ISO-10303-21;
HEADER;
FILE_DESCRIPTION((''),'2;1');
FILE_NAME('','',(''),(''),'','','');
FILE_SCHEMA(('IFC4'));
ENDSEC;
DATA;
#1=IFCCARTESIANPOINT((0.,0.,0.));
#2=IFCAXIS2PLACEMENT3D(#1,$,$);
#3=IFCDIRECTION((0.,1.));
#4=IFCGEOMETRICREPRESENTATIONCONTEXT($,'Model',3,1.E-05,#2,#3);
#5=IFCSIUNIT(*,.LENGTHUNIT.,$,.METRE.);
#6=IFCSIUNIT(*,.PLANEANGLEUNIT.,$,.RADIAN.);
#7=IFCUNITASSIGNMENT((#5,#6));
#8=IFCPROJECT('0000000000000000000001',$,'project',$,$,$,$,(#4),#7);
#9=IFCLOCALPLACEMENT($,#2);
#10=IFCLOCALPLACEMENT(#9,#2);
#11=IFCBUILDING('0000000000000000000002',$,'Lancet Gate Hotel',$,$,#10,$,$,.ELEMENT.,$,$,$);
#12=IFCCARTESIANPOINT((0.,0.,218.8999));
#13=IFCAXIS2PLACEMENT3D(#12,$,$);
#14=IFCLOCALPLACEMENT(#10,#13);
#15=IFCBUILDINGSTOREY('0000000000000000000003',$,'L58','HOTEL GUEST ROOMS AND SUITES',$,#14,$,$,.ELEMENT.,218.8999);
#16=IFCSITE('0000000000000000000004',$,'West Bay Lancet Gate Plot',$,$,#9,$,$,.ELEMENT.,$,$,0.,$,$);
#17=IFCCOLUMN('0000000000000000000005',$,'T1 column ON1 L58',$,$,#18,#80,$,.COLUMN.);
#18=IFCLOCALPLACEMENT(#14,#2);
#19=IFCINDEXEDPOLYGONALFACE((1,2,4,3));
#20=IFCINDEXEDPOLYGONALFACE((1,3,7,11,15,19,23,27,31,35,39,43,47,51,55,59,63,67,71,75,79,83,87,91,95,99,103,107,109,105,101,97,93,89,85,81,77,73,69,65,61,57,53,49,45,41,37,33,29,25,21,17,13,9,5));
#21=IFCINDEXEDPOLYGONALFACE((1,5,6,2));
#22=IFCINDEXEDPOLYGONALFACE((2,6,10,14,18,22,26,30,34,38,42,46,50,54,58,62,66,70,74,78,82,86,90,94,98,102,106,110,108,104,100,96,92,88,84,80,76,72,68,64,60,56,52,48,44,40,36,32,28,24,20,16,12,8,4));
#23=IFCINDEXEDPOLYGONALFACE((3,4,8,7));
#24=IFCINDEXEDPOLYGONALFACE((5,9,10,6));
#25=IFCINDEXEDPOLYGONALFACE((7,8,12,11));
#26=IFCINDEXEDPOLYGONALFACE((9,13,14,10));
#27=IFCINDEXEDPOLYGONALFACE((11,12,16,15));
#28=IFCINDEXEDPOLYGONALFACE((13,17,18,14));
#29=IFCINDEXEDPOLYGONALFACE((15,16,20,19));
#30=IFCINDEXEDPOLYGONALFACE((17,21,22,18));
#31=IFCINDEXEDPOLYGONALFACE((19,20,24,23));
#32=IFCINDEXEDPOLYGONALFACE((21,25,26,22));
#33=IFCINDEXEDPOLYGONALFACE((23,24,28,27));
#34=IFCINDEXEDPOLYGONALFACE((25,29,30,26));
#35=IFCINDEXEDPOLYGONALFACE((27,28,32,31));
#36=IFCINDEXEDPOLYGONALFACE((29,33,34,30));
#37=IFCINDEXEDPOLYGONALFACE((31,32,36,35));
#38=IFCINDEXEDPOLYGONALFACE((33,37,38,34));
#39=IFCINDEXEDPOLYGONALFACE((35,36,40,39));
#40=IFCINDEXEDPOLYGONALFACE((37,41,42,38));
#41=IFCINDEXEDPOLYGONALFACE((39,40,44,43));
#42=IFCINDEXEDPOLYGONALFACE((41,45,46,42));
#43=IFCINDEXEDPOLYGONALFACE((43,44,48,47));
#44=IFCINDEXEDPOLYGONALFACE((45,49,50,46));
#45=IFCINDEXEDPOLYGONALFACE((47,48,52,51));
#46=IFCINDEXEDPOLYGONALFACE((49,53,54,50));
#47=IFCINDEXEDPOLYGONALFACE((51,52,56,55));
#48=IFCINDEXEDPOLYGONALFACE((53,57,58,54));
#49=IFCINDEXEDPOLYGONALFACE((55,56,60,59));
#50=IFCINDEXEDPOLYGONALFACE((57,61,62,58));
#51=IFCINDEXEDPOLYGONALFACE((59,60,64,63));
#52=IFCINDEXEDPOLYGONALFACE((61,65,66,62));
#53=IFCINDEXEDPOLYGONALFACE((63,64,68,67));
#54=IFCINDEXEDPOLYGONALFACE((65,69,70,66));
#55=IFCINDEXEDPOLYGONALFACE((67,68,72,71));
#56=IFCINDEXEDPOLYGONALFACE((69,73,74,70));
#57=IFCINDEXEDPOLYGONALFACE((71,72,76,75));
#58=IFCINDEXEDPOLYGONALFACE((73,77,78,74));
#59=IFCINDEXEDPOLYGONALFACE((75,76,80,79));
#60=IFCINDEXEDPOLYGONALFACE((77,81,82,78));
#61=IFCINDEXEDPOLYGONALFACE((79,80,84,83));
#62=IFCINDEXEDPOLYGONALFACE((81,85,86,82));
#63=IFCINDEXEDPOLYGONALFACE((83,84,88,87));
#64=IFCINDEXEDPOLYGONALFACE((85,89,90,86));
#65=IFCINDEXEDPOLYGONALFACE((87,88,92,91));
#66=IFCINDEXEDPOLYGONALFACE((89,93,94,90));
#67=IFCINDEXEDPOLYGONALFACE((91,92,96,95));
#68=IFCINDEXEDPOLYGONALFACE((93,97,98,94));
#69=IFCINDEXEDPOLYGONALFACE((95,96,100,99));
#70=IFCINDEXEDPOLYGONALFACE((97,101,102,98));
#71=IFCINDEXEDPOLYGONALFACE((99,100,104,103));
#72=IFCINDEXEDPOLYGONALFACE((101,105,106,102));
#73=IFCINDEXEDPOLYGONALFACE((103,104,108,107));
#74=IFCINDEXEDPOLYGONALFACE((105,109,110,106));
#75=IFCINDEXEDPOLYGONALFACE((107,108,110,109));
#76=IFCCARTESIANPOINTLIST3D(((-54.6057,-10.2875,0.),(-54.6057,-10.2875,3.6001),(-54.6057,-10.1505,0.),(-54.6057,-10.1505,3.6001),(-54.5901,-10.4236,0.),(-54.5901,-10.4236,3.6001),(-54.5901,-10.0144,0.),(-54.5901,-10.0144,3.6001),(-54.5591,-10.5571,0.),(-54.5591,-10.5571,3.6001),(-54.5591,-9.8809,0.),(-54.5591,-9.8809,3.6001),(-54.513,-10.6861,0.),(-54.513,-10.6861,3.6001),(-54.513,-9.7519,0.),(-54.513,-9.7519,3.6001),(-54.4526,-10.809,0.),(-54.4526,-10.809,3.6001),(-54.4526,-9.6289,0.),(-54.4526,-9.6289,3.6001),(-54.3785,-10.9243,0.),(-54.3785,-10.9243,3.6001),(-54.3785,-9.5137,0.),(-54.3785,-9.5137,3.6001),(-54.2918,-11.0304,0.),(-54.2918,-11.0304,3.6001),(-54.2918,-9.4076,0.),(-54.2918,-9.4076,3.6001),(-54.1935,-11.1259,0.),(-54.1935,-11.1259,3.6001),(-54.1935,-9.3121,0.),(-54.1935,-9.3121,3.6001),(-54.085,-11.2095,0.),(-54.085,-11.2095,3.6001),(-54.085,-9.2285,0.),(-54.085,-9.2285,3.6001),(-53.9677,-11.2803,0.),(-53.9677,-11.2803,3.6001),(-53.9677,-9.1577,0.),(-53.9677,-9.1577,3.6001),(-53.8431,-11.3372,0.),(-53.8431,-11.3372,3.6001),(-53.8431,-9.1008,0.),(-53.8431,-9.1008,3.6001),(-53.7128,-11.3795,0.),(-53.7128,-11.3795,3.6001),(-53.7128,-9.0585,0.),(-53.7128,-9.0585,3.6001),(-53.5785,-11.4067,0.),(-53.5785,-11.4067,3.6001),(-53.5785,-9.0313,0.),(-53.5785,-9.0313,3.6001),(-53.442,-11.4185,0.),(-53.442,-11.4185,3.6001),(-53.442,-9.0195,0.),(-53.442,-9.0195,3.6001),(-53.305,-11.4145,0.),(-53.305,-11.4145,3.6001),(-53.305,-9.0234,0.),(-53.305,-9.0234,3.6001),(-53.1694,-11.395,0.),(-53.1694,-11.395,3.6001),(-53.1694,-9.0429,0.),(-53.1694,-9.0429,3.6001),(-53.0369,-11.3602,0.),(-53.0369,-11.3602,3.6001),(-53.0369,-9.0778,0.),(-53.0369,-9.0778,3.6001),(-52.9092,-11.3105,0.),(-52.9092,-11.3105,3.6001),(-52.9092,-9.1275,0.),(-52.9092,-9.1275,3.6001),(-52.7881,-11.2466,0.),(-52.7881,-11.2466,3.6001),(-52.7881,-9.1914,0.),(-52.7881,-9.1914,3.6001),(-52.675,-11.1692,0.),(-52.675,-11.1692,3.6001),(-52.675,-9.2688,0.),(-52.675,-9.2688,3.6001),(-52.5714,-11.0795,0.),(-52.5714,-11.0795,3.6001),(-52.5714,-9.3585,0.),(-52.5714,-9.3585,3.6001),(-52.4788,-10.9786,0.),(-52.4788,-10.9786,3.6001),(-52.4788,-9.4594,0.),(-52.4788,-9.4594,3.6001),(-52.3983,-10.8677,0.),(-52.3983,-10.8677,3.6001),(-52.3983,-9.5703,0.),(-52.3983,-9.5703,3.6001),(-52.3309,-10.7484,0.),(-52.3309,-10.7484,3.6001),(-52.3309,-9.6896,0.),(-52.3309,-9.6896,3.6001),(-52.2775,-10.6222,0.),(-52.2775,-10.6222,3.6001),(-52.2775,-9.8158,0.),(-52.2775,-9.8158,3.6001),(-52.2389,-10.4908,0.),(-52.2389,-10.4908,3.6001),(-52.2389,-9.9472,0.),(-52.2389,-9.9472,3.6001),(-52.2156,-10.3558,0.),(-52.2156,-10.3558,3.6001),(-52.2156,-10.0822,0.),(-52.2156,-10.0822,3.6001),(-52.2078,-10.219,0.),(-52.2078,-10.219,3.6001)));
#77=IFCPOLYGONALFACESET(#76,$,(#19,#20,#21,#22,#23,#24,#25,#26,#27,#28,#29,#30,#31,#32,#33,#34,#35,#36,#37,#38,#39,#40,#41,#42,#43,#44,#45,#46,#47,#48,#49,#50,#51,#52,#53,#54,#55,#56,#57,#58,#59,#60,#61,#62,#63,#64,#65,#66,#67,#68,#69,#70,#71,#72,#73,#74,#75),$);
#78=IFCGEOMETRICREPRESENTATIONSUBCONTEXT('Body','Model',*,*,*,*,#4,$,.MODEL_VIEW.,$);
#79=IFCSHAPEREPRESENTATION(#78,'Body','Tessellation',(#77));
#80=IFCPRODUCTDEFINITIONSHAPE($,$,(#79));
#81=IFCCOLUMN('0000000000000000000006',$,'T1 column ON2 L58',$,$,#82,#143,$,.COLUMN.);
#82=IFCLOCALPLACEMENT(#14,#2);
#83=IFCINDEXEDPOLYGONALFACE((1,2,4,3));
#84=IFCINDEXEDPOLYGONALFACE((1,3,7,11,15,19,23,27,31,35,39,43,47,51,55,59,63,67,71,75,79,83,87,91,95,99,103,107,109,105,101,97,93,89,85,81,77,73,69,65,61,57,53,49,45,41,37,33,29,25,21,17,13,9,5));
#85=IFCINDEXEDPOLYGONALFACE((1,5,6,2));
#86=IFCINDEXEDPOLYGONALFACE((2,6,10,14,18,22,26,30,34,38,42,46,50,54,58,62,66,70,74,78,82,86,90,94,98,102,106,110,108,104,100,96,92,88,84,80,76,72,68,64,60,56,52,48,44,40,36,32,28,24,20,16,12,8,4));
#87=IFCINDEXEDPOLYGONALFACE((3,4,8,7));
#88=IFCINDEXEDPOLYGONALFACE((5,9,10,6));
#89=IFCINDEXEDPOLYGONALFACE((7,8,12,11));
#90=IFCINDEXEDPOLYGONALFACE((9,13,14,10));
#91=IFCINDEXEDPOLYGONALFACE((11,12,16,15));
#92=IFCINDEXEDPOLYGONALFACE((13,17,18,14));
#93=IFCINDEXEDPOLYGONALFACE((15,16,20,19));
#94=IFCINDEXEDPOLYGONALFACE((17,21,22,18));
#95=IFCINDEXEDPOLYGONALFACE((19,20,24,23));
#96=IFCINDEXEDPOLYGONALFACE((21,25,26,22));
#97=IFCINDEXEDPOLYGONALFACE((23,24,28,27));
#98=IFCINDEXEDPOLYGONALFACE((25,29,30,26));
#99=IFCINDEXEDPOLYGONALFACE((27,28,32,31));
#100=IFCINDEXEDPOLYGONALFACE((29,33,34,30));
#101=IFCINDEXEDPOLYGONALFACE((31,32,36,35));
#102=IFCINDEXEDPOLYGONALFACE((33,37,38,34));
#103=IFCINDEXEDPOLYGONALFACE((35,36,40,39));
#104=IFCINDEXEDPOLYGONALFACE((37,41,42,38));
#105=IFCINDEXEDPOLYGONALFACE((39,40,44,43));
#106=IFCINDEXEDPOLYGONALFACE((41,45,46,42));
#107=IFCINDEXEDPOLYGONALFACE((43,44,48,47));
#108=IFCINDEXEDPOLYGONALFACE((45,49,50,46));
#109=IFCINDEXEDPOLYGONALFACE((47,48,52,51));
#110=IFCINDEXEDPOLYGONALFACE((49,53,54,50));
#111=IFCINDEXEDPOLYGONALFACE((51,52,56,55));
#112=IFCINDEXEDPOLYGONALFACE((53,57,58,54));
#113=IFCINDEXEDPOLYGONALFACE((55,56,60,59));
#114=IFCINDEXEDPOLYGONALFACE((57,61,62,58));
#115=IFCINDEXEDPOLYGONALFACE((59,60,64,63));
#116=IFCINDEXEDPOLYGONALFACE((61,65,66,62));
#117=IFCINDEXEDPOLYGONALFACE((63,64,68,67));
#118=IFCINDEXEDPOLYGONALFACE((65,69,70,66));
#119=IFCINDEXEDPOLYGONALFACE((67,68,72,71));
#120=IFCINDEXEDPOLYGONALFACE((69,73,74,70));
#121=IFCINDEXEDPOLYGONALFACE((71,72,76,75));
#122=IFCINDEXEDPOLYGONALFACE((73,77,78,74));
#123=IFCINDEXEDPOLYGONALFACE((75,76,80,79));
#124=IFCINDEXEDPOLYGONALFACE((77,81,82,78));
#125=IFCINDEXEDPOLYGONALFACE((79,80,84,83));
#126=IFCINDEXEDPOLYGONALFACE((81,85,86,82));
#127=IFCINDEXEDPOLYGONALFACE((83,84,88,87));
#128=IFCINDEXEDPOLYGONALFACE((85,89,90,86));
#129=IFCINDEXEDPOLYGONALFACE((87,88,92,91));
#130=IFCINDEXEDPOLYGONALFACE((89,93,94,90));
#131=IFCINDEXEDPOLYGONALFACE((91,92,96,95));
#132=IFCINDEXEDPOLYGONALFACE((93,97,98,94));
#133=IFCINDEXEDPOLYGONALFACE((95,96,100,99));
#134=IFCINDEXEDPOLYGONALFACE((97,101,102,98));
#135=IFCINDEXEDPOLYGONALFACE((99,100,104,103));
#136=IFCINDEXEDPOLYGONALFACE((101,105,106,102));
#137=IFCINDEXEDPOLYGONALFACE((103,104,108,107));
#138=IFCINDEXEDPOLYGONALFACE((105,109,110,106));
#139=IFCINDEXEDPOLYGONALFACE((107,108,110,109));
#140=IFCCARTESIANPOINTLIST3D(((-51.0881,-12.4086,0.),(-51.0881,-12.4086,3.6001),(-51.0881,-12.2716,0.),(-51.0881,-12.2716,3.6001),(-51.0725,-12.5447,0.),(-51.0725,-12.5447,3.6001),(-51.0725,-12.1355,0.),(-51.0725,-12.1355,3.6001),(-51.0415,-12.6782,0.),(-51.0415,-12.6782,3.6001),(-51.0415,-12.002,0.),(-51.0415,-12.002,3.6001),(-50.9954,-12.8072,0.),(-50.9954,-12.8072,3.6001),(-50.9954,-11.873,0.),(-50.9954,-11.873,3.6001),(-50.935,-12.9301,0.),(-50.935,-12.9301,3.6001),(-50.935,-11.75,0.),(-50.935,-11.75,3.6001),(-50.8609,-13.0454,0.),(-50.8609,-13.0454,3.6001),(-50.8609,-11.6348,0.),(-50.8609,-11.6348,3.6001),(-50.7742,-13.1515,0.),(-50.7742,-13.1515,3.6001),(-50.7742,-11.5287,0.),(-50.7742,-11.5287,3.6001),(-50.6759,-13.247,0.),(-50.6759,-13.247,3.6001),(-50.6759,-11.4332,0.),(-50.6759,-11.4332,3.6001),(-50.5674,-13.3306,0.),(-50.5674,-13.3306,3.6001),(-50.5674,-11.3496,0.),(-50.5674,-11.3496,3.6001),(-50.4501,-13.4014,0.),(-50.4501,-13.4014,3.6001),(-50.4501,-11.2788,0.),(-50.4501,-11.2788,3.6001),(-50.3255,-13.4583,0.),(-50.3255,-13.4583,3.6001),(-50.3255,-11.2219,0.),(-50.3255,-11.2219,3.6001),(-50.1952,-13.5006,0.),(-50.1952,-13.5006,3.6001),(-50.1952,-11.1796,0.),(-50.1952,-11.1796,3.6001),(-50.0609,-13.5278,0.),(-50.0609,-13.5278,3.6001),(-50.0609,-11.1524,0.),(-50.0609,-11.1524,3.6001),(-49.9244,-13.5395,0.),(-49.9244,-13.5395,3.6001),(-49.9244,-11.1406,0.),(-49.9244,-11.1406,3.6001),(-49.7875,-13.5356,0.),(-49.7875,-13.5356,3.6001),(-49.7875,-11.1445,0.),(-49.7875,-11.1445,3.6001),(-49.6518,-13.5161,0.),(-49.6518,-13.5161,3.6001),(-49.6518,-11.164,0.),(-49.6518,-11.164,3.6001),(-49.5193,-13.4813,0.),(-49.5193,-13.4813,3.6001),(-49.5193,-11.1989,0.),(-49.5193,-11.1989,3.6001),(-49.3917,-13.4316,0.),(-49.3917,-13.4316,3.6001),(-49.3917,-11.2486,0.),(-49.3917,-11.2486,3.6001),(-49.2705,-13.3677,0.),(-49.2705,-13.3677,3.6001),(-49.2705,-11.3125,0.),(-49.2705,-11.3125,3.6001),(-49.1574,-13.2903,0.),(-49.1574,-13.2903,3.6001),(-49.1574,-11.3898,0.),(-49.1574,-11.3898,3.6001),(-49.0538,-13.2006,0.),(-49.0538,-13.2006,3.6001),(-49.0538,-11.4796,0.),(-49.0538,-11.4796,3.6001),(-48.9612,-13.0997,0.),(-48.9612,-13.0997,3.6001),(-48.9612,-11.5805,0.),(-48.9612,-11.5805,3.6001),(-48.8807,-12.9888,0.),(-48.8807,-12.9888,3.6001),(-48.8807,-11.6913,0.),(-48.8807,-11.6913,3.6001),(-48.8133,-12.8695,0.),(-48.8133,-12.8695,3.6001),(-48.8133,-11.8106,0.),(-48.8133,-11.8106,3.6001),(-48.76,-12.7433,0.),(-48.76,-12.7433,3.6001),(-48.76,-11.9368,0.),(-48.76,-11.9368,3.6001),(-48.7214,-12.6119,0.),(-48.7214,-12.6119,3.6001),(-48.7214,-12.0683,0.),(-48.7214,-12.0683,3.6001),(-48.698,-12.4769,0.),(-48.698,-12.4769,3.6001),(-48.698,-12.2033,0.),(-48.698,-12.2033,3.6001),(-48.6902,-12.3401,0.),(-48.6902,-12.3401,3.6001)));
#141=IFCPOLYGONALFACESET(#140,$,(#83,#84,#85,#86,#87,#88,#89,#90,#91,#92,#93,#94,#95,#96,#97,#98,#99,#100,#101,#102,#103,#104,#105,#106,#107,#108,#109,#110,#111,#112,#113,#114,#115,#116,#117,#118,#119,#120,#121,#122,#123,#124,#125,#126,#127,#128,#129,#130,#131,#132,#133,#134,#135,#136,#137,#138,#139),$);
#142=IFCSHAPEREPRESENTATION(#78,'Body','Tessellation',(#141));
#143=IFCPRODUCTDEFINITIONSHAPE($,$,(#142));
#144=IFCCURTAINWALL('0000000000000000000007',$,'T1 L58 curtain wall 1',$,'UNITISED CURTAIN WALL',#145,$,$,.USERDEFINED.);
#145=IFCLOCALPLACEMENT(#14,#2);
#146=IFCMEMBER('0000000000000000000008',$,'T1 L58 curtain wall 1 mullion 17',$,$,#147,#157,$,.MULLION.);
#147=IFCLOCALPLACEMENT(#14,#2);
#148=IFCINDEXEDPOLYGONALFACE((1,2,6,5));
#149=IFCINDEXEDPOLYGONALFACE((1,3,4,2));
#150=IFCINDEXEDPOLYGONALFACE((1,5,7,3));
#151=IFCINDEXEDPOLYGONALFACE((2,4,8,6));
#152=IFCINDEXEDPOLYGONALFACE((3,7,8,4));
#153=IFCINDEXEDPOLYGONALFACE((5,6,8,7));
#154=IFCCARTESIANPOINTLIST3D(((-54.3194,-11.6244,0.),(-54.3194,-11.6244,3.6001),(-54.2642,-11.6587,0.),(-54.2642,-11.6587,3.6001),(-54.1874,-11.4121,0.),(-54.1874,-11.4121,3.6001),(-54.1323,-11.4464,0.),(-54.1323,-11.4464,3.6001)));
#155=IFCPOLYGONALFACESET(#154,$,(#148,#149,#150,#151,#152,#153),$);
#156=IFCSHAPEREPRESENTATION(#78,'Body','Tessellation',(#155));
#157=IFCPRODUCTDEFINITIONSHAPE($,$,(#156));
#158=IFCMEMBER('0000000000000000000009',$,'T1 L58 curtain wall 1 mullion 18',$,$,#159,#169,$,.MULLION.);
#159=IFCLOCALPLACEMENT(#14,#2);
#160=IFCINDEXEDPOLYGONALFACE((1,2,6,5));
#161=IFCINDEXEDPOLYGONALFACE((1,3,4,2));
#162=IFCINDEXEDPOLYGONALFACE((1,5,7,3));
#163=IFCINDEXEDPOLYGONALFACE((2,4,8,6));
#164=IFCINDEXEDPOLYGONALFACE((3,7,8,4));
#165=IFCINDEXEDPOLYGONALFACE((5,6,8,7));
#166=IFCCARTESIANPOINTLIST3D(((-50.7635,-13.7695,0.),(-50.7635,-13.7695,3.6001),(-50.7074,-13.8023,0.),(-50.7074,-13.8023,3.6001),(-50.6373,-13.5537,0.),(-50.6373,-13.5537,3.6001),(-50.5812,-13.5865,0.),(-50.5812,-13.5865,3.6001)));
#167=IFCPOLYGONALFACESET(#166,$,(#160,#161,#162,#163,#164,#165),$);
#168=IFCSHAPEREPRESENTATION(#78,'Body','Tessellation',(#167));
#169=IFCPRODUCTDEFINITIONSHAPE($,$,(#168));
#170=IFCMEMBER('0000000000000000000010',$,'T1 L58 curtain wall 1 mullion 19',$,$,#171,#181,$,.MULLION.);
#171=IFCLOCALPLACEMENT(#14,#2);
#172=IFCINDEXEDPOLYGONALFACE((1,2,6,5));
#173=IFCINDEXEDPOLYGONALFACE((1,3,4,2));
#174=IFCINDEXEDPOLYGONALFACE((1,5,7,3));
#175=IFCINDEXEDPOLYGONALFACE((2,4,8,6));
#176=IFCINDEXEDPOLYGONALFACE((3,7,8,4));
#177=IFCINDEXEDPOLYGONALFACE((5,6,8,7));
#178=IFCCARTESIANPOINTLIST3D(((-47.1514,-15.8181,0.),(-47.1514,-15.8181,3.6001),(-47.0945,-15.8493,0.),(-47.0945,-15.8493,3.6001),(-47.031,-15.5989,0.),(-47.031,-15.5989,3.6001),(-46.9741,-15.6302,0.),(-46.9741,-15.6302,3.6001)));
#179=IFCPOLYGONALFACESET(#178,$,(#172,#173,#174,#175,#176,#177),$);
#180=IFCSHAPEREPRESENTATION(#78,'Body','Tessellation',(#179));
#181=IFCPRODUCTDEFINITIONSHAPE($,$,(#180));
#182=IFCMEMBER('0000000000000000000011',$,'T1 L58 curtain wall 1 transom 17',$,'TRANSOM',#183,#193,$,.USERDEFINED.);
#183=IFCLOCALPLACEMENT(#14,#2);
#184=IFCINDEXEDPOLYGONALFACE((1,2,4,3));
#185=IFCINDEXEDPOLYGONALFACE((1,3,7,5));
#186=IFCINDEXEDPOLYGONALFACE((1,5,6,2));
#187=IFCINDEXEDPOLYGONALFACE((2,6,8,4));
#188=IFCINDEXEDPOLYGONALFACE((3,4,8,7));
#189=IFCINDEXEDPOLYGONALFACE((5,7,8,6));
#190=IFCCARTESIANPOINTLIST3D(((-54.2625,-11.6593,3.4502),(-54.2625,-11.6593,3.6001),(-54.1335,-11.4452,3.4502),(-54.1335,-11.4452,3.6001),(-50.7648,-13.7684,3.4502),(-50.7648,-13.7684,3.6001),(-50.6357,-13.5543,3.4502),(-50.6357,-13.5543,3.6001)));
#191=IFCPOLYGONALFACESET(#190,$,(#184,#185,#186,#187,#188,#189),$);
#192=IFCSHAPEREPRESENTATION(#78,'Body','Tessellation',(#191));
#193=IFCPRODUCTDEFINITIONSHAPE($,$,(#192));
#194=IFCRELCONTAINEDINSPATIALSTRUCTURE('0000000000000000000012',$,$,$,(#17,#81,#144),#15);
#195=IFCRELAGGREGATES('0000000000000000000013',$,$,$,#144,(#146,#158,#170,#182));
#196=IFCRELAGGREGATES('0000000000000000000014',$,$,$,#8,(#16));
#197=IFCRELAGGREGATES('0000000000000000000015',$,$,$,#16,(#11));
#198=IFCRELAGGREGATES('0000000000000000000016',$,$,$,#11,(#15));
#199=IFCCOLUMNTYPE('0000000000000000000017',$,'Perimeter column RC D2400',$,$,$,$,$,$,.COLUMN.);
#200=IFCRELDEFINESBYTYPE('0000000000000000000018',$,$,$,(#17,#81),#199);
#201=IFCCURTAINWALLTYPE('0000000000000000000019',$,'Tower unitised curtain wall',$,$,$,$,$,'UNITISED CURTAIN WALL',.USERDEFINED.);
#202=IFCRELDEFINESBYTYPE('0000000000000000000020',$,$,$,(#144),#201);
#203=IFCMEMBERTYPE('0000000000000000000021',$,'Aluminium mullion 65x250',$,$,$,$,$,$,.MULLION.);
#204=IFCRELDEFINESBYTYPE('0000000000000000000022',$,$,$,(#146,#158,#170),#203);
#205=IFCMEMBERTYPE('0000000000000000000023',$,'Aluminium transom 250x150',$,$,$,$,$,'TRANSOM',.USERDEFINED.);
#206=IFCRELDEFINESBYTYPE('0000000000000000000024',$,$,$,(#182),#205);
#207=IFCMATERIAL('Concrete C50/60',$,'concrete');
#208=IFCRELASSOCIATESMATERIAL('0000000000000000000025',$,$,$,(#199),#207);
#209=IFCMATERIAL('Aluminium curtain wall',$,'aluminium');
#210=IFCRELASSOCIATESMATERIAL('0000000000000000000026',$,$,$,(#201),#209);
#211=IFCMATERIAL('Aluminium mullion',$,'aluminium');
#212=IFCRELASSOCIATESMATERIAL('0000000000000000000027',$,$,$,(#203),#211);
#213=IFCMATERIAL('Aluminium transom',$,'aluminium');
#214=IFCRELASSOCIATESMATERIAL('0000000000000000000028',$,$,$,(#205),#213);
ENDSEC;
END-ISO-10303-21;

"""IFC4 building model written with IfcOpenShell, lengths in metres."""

from ifc_helpers import new_model, si_unit, direction, frame, origin, origin_2d, place, context, subcontext, project, spatial, rectangle, circle, extrude, material, material_profile, profile_set, type_object, element, aggregate, save


model = new_model("IFC4")

# Units and contexts
model_context = context("Model", 3, precision=1e-05, world=origin(), true_north=direction((0.0, 1.0)))
body_context = subcontext(model_context, "Body", "Model", "MODEL_VIEW")
ifc_project = project(units=[si_unit("LENGTHUNIT", "METRE"), si_unit("PLANEANGLEUNIT", "RADIAN")], contexts=[model_context])

# Site, building, storey
site_placement = place(None, origin())
site = spatial("IfcSite", under=ifc_project, at=site_placement, Name="West Bay Lancet Gate Plot", CompositionType="ELEMENT", RefElevation=0.0)
building_placement = place(site_placement, origin())
building = spatial("IfcBuilding", under=site, at=building_placement, Name="Lancet Gate Hotel", CompositionType="ELEMENT")
storey_placement = place(building_placement, frame((0.0, 0.0, 218.8999)))
storey = spatial("IfcBuildingStorey", under=building, at=storey_placement, Name="L58", Description="HOTEL GUEST ROOMS AND SUITES", CompositionType="ELEMENT", Elevation=218.8999)

# Columns
ifc_material_1 = material(Name="Concrete C50/60", Category="concrete")
ifc_material_profile_1 = material_profile(ifc_material_1, circle(Radius=1.2, at=origin_2d()), Name="RC D2400")
ifc_profile_set_1 = profile_set([ifc_material_profile_1], Name="Concrete C50/60")
column_type = type_object("IfcColumnType", Name="Perimeter column RC D2400", PredefinedType="COLUMN", material=ifc_profile_set_1)
for number, where, z_axis, x_axis, name in (
    (1, (-53.4077, -10.219, 0.0), (0.0, 0.0, 1.0), (1.0, 0.0, 0.0), "T1 column ON1 L58"),
    (2, (-49.8901, -12.3401, 0.0), (0.0, 0.0, 1.0), (1.0, 0.0, 0.0), "T1 column ON2 L58"),
):
    element("IfcColumn", number, at=place(storey_placement, frame(where, z_axis=z_axis, x_axis=x_axis)), inside=storey, type_object=column_type, Name=name, PredefinedType="COLUMN", context=body_context, shape_type="SweptSolid", body=[
        extrude(circle(Radius=1.2, at=origin_2d()), origin(), (0.0, 0.0, 1.0), 3.6001),
    ])

# Curtain wall, members
ifc_material_2 = material(Name="Aluminium curtain wall", Category="aluminium")
curtain_wall_type = type_object("IfcCurtainWallType", Name="Tower unitised curtain wall", ElementType="UNITISED CURTAIN WALL", PredefinedType="USERDEFINED", material=ifc_material_2)
curtain_wall_placement = place(storey_placement, origin())
curtain_wall = element("IfcCurtainWall", 3, at=curtain_wall_placement, inside=storey, type_object=curtain_wall_type, Name="T1 L58 curtain wall 1", ObjectType="UNITISED CURTAIN WALL", PredefinedType="USERDEFINED")
ifc_material_3 = material(Name="Aluminium mullion", Category="aluminium")
ifc_material_profile_2 = material_profile(ifc_material_3, rectangle(XDim=0.0649, YDim=0.25, at=origin_2d()), Name="MULLION 65x250")
ifc_profile_set_2 = profile_set([ifc_material_profile_2], Name="Aluminium mullion")
member_type_1 = type_object("IfcMemberType", Name="Aluminium mullion 65x250", PredefinedType="MULLION", material=ifc_profile_set_2)
member_1_placement = place(storey_placement, frame((-54.2258, -11.5354, 0.0), z_axis=(0.0, 0.0, 1.0), x_axis=(0.849342, -0.527842, 0.0)))
member_1 = element("IfcMember", 4, at=member_1_placement, type_object=member_type_1, Name="T1 L58 curtain wall 1 mullion 17", PredefinedType="MULLION", context=body_context, shape_type="SweptSolid", body=[
    extrude(rectangle(XDim=0.0649, YDim=0.25, at=origin_2d()), origin(), (0.0, 0.0, 1.0), 3.6001),
])
member_2_placement = place(storey_placement, frame((-50.6724, -13.678, 0.0), z_axis=(0.0, 0.0, 1.0), x_axis=(0.863242, -0.50479, 0.0)))
member_2 = element("IfcMember", 5, at=member_2_placement, type_object=member_type_1, Name="T1 L58 curtain wall 1 mullion 18", PredefinedType="MULLION", context=body_context, shape_type="SweptSolid", body=[
    extrude(rectangle(XDim=0.0649, YDim=0.25, at=origin_2d()), origin(), (0.0, 0.0, 1.0), 3.6001),
])
member_3_placement = place(storey_placement, frame((-47.0627, -15.7241, 0.0), z_axis=(0.0, 0.0, 1.0), x_axis=(0.876516, -0.481372, 0.0)))
member_3 = element("IfcMember", 6, at=member_3_placement, type_object=member_type_1, Name="T1 L58 curtain wall 1 mullion 19", PredefinedType="MULLION", context=body_context, shape_type="SweptSolid", body=[
    extrude(rectangle(XDim=0.0649, YDim=0.25, at=origin_2d()), origin(), (0.0, 0.0, 1.0), 3.6001),
])
ifc_material_4 = material(Name="Aluminium transom", Category="aluminium")
ifc_material_profile_3 = material_profile(ifc_material_4, rectangle(XDim=0.25, YDim=0.1499, at=origin_2d()), Name="TRANSOM 250x150")
ifc_profile_set_3 = profile_set([ifc_material_profile_3], Name="Aluminium transom")
member_type_2 = type_object("IfcMemberType", Name="Aluminium transom 250x150", ElementType="TRANSOM", PredefinedType="USERDEFINED", material=ifc_profile_set_3)
member_4_placement = place(storey_placement, frame((-54.198, -11.5522, 3.5251), z_axis=(0.856362, -0.516376, 0.0), x_axis=(0.516376, 0.856362, 0.0)))
member_4 = element("IfcMember", 7, at=member_4_placement, type_object=member_type_2, Name="T1 L58 curtain wall 1 transom 17", ObjectType="TRANSOM", PredefinedType="USERDEFINED", context=body_context, shape_type="SweptSolid", body=[
    extrude(rectangle(XDim=0.25, YDim=0.1499, at=origin_2d()), origin(), (0.0, 0.0, 1.0), 4.0845),
])

aggregate(curtain_wall, [member_1, member_2, member_3, member_4])

save(model, "model.ifc")
